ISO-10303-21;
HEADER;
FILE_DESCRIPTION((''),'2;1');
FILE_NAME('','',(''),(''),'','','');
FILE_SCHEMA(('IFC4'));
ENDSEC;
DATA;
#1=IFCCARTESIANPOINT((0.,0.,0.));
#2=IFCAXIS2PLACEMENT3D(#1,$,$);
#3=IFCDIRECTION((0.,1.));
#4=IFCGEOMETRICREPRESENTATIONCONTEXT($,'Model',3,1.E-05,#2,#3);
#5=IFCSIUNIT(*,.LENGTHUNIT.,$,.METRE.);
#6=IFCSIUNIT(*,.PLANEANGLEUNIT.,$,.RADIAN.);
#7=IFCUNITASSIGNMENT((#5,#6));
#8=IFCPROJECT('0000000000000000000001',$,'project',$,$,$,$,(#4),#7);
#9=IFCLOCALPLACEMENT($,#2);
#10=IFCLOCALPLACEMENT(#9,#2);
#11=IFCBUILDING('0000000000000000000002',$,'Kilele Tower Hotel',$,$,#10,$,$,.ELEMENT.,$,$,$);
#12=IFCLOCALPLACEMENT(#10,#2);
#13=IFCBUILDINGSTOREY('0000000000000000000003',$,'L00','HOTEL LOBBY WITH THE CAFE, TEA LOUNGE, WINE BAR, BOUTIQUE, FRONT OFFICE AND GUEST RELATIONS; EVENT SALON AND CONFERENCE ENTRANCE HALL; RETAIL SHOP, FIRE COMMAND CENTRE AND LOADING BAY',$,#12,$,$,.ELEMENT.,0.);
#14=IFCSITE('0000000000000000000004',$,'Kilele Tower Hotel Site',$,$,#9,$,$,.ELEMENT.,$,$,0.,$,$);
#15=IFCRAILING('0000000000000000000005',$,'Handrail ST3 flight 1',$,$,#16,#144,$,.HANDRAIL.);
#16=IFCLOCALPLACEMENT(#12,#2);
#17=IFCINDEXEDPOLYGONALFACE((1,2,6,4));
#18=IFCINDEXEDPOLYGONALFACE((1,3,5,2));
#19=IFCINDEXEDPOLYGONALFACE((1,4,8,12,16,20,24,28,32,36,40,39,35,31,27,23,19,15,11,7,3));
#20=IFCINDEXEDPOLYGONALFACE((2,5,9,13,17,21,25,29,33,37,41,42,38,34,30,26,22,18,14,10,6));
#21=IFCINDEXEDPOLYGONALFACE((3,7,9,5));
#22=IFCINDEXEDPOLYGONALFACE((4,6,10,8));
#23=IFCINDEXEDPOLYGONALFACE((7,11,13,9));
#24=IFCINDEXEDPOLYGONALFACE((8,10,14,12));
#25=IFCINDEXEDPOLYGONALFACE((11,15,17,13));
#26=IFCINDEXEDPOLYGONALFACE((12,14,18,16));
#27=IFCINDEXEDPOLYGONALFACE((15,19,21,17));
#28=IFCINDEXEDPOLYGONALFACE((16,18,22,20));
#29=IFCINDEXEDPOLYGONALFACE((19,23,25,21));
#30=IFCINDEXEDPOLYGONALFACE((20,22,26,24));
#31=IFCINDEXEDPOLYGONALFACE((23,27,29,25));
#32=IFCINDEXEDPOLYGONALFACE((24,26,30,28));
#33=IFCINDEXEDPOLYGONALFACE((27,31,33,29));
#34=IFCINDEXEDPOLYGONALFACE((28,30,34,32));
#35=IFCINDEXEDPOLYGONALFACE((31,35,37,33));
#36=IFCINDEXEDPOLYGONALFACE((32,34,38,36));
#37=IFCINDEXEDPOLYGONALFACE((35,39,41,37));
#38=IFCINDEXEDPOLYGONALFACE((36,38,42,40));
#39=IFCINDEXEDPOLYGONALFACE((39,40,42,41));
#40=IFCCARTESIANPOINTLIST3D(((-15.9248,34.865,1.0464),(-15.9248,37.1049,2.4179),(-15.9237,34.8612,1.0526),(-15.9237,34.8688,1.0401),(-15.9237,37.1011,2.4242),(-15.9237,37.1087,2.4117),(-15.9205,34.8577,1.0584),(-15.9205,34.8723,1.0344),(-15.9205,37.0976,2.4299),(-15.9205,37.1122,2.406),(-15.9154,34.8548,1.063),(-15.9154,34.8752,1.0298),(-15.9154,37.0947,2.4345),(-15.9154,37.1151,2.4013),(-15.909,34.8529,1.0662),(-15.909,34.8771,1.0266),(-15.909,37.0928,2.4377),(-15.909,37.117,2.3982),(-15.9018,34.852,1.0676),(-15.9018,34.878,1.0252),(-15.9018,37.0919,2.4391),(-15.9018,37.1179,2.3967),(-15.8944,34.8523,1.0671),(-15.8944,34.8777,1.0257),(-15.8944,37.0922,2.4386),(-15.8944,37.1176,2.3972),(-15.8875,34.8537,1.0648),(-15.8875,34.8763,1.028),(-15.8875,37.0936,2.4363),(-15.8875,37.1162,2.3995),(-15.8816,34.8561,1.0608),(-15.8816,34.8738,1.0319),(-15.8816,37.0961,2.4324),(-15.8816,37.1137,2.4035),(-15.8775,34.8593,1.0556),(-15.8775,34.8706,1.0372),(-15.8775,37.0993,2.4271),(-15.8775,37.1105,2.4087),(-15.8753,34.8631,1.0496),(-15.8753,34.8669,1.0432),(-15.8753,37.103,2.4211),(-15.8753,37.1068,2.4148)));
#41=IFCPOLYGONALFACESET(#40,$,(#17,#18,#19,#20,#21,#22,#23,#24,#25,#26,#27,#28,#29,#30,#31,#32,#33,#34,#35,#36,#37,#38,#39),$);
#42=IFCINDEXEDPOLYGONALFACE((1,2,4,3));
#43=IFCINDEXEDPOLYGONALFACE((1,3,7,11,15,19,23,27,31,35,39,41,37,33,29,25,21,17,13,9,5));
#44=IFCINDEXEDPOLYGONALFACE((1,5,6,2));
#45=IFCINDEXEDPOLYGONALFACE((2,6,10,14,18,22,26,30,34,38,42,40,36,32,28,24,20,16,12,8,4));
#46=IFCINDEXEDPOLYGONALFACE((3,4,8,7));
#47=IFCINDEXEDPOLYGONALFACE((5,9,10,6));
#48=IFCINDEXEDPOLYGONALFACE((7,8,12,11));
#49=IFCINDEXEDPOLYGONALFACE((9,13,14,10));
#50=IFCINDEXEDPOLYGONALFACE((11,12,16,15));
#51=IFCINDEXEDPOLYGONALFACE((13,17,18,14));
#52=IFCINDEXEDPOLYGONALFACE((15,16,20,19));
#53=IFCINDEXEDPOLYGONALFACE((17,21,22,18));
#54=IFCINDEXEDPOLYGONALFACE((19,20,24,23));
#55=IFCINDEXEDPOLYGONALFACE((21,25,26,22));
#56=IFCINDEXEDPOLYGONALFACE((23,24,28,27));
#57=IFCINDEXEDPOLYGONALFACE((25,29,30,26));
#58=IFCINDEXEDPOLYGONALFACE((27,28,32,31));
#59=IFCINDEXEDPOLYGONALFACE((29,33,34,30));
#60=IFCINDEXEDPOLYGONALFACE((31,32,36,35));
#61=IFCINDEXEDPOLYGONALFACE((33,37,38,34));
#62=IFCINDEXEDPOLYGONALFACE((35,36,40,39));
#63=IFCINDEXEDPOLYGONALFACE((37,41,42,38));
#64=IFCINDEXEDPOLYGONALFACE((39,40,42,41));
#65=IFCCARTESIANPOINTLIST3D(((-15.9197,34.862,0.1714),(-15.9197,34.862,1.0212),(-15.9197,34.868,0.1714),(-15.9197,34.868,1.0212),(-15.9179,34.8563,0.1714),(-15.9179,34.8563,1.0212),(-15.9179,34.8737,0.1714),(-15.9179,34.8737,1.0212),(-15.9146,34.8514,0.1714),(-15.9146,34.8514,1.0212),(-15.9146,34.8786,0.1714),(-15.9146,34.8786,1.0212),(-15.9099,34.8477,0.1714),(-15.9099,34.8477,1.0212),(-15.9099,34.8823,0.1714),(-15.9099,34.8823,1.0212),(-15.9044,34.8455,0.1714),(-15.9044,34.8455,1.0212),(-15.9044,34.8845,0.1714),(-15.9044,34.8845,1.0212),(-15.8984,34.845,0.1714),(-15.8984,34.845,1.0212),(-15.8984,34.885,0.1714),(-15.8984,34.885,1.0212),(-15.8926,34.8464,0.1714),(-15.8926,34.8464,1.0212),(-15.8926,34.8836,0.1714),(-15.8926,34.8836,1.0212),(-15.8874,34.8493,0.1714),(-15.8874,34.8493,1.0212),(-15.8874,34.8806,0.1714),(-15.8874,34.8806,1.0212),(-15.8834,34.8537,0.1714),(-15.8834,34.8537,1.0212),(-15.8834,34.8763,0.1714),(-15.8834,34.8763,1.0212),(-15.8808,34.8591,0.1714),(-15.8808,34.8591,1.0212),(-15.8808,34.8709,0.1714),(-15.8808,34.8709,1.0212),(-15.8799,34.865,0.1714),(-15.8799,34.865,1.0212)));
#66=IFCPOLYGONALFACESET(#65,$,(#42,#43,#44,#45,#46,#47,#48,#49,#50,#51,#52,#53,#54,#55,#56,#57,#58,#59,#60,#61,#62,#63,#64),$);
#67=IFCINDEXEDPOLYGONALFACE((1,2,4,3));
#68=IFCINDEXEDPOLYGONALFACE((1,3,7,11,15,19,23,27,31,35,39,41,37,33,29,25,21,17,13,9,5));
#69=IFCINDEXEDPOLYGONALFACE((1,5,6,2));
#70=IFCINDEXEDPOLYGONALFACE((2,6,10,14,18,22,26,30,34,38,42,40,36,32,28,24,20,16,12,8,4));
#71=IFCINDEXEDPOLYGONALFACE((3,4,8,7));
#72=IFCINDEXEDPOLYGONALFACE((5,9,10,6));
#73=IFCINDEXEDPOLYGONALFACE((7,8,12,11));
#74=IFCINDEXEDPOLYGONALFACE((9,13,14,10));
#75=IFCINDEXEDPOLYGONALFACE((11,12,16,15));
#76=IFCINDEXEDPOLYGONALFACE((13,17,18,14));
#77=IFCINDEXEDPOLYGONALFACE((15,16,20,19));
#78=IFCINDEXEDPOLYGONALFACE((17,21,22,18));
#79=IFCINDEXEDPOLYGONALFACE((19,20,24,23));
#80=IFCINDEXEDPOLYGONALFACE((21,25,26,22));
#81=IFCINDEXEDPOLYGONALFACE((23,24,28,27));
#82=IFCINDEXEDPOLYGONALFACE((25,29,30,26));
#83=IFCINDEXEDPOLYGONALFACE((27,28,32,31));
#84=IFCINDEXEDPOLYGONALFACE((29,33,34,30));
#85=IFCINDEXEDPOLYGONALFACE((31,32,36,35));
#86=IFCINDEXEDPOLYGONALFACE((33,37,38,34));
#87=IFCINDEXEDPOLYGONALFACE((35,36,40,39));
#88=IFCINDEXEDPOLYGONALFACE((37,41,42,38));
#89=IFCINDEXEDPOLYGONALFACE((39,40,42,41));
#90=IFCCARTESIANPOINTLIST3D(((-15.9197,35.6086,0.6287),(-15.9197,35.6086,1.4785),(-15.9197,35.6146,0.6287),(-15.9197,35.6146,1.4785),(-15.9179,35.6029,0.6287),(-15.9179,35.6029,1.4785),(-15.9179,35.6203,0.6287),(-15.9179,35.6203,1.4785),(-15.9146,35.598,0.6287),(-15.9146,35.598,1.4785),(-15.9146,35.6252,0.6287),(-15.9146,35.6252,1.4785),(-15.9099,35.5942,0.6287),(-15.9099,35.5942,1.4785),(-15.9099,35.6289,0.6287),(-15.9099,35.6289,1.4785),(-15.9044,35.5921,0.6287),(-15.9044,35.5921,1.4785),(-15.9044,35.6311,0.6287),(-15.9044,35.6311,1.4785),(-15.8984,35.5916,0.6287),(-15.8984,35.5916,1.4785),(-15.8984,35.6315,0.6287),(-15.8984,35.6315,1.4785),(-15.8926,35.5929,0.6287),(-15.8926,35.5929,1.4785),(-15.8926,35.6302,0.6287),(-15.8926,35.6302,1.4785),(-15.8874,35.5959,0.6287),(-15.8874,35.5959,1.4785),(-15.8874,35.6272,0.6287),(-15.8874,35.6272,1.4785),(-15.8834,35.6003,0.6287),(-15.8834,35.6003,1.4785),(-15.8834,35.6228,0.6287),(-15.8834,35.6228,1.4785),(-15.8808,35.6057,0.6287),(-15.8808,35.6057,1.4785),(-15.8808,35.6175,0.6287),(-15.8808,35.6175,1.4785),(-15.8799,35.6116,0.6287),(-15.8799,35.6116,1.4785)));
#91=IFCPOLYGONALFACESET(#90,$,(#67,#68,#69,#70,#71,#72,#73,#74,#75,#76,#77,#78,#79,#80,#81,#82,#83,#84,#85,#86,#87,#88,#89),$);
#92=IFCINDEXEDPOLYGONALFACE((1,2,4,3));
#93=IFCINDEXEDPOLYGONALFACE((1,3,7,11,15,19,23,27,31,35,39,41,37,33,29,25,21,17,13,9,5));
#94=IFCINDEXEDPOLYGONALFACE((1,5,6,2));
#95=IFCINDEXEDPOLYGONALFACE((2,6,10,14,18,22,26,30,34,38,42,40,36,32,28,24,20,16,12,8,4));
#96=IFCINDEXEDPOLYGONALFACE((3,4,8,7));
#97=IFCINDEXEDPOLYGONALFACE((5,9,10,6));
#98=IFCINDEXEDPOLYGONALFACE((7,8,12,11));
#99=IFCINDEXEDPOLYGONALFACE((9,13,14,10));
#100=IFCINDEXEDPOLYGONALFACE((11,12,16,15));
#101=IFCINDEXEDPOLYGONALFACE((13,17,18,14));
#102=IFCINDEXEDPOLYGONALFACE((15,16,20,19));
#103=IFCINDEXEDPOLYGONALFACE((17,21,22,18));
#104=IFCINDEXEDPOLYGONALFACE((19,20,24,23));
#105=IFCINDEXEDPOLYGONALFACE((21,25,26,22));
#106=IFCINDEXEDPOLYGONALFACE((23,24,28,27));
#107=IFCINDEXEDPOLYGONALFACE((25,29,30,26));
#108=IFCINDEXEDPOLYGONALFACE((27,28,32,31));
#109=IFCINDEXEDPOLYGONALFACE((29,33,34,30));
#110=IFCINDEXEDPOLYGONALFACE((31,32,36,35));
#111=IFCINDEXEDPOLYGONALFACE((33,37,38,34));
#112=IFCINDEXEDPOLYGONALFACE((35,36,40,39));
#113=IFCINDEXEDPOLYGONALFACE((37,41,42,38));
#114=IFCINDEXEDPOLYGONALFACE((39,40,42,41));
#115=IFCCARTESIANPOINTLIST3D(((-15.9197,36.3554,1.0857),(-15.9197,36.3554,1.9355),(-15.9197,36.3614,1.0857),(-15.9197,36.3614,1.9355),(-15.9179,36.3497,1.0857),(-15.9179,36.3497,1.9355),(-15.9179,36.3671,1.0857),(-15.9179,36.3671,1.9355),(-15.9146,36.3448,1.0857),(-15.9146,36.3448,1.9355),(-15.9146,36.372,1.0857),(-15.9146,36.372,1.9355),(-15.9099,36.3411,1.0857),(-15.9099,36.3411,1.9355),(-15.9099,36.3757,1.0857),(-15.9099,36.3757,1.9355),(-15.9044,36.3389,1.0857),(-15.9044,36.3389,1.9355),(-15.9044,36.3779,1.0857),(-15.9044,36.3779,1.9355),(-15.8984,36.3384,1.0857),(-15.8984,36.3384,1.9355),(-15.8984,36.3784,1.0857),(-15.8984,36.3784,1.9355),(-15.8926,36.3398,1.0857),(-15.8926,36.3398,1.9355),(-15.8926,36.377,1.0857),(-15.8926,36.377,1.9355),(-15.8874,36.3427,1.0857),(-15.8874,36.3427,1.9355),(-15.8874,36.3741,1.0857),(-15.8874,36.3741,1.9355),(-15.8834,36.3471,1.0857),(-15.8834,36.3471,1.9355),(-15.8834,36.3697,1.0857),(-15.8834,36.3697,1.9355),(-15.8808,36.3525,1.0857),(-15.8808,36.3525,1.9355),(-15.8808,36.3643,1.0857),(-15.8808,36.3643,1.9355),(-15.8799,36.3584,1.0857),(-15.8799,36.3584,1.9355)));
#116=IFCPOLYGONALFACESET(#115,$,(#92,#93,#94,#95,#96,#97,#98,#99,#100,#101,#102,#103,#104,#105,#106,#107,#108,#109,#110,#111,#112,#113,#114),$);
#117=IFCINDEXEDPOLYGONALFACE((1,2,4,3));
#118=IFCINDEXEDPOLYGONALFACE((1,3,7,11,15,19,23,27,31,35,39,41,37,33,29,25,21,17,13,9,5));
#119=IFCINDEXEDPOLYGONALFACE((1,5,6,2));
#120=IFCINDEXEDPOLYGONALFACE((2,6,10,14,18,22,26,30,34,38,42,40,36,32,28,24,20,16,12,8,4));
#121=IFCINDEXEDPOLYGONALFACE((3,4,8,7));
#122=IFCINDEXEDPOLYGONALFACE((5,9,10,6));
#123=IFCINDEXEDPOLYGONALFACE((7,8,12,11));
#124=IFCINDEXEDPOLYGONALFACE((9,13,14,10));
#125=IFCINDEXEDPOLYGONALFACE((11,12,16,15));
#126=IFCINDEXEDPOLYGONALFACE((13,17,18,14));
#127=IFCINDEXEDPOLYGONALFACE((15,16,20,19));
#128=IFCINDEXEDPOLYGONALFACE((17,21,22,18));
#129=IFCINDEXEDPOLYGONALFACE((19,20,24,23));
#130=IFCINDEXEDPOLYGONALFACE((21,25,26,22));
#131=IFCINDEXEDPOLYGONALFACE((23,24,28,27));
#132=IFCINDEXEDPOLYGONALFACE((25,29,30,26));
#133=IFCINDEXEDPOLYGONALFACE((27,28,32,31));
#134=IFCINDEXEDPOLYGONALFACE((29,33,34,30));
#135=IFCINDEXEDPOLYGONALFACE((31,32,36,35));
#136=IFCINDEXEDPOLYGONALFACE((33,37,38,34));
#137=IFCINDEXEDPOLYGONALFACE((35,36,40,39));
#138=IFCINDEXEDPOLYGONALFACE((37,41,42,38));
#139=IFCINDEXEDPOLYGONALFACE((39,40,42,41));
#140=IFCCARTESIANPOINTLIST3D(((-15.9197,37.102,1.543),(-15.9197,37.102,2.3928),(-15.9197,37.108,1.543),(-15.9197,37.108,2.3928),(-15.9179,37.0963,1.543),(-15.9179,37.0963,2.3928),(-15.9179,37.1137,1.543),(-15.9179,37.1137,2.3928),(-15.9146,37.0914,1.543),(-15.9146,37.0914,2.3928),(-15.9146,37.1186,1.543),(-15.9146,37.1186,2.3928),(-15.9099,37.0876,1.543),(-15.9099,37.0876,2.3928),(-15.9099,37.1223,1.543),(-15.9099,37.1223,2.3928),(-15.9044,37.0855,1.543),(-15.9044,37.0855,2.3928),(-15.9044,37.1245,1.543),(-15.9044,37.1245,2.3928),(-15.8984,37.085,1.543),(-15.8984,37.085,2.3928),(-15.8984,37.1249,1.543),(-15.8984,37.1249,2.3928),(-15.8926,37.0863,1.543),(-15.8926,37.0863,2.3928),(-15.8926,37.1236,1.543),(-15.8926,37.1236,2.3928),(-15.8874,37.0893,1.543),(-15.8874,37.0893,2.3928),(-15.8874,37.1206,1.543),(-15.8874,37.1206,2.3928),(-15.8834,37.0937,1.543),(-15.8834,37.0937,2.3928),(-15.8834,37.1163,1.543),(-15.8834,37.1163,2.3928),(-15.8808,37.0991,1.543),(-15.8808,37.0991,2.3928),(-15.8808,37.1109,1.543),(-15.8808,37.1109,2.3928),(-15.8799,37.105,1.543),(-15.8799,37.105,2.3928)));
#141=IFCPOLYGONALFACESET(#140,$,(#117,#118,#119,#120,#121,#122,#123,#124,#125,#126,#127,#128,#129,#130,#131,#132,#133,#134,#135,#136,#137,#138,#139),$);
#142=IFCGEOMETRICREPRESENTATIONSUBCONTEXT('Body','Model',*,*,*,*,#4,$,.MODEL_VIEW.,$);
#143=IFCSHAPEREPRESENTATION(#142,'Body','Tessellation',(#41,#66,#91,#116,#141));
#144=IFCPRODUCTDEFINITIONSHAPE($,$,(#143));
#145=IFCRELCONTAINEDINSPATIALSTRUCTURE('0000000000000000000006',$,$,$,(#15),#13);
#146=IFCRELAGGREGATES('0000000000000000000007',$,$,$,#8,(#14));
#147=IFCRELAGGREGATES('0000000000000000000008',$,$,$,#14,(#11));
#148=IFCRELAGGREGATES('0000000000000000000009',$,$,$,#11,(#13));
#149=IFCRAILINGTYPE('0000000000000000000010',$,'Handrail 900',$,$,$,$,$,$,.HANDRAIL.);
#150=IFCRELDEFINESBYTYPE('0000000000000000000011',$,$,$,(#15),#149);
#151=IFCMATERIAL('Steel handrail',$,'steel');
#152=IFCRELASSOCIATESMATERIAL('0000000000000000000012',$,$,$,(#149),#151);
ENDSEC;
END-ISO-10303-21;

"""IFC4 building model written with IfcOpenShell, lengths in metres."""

from ifc_helpers import new_model, si_unit, direction, frame, origin, origin_2d, place, context, subcontext, project, spatial, circle, extrude, material, type_object, element, save


model = new_model("IFC4")

# Units and contexts
model_context = context("Model", 3, precision=1e-05, world=origin(), true_north=direction((0.0, 1.0)))
body_context = subcontext(model_context, "Body", "Model", "MODEL_VIEW")
ifc_project = project(units=[si_unit("LENGTHUNIT", "METRE"), si_unit("PLANEANGLEUNIT", "RADIAN")], contexts=[model_context])

# Site, building, storey
site_placement = place(None, origin())
site = spatial("IfcSite", under=ifc_project, at=site_placement, Name="Kilele Tower Hotel Site", CompositionType="ELEMENT", RefElevation=0.0)
building_placement = place(site_placement, origin())
building = spatial("IfcBuilding", under=site, at=building_placement, Name="Kilele Tower Hotel", CompositionType="ELEMENT")
storey_placement = place(building_placement, origin())
storey = spatial("IfcBuildingStorey", under=building, at=storey_placement, Name="L00", Description="HOTEL LOBBY WITH THE CAFE, TEA LOUNGE, WINE BAR, BOUTIQUE, FRONT OFFICE AND GUEST RELATIONS; EVENT SALON AND CONFERENCE ENTRANCE HALL; RETAIL SHOP, FIRE COMMAND CENTRE AND LOADING BAY", CompositionType="ELEMENT", Elevation=0.0)

# Railing
ifc_material_1 = material(Name="Steel handrail", Category="steel")
railing_type_1 = type_object("IfcRailingType", Name="Handrail 900", PredefinedType="HANDRAIL", material=ifc_material_1)
railing_1_placement = place(storey_placement, frame((-15.8999, 34.865, 0.1714)))
element("IfcRailing", 1, at=railing_1_placement, inside=storey, type_object=railing_type_1, Name="Handrail ST3 flight 1", PredefinedType="HANDRAIL", context=body_context, shape_type="SweptSolid", body=[
    extrude(circle(Radius=0.0249, at=origin_2d()), frame((0.0, 0.0, 0.875), z_axis=(0.0, 0.852824, 0.522198), x_axis=(-1.0, 0.0, 0.0)), (0.0, 0.0, 1.0), 2.6265),
    extrude(circle(Radius=0.02, at=origin_2d()), origin(), (0.0, 0.0, 1.0), 0.8499),
    extrude(circle(Radius=0.02, at=origin_2d()), frame((0.0, 0.7466, 0.4573)), (0.0, 0.0, 1.0), 0.8499),
    extrude(circle(Radius=0.02, at=origin_2d()), frame((0.0, 1.4934, 0.9143)), (0.0, 0.0, 1.0), 0.8499),
    extrude(circle(Radius=0.02, at=origin_2d()), frame((0.0, 2.24, 1.3716)), (0.0, 0.0, 1.0), 0.8499),
])

save(model, "model.ifc")
